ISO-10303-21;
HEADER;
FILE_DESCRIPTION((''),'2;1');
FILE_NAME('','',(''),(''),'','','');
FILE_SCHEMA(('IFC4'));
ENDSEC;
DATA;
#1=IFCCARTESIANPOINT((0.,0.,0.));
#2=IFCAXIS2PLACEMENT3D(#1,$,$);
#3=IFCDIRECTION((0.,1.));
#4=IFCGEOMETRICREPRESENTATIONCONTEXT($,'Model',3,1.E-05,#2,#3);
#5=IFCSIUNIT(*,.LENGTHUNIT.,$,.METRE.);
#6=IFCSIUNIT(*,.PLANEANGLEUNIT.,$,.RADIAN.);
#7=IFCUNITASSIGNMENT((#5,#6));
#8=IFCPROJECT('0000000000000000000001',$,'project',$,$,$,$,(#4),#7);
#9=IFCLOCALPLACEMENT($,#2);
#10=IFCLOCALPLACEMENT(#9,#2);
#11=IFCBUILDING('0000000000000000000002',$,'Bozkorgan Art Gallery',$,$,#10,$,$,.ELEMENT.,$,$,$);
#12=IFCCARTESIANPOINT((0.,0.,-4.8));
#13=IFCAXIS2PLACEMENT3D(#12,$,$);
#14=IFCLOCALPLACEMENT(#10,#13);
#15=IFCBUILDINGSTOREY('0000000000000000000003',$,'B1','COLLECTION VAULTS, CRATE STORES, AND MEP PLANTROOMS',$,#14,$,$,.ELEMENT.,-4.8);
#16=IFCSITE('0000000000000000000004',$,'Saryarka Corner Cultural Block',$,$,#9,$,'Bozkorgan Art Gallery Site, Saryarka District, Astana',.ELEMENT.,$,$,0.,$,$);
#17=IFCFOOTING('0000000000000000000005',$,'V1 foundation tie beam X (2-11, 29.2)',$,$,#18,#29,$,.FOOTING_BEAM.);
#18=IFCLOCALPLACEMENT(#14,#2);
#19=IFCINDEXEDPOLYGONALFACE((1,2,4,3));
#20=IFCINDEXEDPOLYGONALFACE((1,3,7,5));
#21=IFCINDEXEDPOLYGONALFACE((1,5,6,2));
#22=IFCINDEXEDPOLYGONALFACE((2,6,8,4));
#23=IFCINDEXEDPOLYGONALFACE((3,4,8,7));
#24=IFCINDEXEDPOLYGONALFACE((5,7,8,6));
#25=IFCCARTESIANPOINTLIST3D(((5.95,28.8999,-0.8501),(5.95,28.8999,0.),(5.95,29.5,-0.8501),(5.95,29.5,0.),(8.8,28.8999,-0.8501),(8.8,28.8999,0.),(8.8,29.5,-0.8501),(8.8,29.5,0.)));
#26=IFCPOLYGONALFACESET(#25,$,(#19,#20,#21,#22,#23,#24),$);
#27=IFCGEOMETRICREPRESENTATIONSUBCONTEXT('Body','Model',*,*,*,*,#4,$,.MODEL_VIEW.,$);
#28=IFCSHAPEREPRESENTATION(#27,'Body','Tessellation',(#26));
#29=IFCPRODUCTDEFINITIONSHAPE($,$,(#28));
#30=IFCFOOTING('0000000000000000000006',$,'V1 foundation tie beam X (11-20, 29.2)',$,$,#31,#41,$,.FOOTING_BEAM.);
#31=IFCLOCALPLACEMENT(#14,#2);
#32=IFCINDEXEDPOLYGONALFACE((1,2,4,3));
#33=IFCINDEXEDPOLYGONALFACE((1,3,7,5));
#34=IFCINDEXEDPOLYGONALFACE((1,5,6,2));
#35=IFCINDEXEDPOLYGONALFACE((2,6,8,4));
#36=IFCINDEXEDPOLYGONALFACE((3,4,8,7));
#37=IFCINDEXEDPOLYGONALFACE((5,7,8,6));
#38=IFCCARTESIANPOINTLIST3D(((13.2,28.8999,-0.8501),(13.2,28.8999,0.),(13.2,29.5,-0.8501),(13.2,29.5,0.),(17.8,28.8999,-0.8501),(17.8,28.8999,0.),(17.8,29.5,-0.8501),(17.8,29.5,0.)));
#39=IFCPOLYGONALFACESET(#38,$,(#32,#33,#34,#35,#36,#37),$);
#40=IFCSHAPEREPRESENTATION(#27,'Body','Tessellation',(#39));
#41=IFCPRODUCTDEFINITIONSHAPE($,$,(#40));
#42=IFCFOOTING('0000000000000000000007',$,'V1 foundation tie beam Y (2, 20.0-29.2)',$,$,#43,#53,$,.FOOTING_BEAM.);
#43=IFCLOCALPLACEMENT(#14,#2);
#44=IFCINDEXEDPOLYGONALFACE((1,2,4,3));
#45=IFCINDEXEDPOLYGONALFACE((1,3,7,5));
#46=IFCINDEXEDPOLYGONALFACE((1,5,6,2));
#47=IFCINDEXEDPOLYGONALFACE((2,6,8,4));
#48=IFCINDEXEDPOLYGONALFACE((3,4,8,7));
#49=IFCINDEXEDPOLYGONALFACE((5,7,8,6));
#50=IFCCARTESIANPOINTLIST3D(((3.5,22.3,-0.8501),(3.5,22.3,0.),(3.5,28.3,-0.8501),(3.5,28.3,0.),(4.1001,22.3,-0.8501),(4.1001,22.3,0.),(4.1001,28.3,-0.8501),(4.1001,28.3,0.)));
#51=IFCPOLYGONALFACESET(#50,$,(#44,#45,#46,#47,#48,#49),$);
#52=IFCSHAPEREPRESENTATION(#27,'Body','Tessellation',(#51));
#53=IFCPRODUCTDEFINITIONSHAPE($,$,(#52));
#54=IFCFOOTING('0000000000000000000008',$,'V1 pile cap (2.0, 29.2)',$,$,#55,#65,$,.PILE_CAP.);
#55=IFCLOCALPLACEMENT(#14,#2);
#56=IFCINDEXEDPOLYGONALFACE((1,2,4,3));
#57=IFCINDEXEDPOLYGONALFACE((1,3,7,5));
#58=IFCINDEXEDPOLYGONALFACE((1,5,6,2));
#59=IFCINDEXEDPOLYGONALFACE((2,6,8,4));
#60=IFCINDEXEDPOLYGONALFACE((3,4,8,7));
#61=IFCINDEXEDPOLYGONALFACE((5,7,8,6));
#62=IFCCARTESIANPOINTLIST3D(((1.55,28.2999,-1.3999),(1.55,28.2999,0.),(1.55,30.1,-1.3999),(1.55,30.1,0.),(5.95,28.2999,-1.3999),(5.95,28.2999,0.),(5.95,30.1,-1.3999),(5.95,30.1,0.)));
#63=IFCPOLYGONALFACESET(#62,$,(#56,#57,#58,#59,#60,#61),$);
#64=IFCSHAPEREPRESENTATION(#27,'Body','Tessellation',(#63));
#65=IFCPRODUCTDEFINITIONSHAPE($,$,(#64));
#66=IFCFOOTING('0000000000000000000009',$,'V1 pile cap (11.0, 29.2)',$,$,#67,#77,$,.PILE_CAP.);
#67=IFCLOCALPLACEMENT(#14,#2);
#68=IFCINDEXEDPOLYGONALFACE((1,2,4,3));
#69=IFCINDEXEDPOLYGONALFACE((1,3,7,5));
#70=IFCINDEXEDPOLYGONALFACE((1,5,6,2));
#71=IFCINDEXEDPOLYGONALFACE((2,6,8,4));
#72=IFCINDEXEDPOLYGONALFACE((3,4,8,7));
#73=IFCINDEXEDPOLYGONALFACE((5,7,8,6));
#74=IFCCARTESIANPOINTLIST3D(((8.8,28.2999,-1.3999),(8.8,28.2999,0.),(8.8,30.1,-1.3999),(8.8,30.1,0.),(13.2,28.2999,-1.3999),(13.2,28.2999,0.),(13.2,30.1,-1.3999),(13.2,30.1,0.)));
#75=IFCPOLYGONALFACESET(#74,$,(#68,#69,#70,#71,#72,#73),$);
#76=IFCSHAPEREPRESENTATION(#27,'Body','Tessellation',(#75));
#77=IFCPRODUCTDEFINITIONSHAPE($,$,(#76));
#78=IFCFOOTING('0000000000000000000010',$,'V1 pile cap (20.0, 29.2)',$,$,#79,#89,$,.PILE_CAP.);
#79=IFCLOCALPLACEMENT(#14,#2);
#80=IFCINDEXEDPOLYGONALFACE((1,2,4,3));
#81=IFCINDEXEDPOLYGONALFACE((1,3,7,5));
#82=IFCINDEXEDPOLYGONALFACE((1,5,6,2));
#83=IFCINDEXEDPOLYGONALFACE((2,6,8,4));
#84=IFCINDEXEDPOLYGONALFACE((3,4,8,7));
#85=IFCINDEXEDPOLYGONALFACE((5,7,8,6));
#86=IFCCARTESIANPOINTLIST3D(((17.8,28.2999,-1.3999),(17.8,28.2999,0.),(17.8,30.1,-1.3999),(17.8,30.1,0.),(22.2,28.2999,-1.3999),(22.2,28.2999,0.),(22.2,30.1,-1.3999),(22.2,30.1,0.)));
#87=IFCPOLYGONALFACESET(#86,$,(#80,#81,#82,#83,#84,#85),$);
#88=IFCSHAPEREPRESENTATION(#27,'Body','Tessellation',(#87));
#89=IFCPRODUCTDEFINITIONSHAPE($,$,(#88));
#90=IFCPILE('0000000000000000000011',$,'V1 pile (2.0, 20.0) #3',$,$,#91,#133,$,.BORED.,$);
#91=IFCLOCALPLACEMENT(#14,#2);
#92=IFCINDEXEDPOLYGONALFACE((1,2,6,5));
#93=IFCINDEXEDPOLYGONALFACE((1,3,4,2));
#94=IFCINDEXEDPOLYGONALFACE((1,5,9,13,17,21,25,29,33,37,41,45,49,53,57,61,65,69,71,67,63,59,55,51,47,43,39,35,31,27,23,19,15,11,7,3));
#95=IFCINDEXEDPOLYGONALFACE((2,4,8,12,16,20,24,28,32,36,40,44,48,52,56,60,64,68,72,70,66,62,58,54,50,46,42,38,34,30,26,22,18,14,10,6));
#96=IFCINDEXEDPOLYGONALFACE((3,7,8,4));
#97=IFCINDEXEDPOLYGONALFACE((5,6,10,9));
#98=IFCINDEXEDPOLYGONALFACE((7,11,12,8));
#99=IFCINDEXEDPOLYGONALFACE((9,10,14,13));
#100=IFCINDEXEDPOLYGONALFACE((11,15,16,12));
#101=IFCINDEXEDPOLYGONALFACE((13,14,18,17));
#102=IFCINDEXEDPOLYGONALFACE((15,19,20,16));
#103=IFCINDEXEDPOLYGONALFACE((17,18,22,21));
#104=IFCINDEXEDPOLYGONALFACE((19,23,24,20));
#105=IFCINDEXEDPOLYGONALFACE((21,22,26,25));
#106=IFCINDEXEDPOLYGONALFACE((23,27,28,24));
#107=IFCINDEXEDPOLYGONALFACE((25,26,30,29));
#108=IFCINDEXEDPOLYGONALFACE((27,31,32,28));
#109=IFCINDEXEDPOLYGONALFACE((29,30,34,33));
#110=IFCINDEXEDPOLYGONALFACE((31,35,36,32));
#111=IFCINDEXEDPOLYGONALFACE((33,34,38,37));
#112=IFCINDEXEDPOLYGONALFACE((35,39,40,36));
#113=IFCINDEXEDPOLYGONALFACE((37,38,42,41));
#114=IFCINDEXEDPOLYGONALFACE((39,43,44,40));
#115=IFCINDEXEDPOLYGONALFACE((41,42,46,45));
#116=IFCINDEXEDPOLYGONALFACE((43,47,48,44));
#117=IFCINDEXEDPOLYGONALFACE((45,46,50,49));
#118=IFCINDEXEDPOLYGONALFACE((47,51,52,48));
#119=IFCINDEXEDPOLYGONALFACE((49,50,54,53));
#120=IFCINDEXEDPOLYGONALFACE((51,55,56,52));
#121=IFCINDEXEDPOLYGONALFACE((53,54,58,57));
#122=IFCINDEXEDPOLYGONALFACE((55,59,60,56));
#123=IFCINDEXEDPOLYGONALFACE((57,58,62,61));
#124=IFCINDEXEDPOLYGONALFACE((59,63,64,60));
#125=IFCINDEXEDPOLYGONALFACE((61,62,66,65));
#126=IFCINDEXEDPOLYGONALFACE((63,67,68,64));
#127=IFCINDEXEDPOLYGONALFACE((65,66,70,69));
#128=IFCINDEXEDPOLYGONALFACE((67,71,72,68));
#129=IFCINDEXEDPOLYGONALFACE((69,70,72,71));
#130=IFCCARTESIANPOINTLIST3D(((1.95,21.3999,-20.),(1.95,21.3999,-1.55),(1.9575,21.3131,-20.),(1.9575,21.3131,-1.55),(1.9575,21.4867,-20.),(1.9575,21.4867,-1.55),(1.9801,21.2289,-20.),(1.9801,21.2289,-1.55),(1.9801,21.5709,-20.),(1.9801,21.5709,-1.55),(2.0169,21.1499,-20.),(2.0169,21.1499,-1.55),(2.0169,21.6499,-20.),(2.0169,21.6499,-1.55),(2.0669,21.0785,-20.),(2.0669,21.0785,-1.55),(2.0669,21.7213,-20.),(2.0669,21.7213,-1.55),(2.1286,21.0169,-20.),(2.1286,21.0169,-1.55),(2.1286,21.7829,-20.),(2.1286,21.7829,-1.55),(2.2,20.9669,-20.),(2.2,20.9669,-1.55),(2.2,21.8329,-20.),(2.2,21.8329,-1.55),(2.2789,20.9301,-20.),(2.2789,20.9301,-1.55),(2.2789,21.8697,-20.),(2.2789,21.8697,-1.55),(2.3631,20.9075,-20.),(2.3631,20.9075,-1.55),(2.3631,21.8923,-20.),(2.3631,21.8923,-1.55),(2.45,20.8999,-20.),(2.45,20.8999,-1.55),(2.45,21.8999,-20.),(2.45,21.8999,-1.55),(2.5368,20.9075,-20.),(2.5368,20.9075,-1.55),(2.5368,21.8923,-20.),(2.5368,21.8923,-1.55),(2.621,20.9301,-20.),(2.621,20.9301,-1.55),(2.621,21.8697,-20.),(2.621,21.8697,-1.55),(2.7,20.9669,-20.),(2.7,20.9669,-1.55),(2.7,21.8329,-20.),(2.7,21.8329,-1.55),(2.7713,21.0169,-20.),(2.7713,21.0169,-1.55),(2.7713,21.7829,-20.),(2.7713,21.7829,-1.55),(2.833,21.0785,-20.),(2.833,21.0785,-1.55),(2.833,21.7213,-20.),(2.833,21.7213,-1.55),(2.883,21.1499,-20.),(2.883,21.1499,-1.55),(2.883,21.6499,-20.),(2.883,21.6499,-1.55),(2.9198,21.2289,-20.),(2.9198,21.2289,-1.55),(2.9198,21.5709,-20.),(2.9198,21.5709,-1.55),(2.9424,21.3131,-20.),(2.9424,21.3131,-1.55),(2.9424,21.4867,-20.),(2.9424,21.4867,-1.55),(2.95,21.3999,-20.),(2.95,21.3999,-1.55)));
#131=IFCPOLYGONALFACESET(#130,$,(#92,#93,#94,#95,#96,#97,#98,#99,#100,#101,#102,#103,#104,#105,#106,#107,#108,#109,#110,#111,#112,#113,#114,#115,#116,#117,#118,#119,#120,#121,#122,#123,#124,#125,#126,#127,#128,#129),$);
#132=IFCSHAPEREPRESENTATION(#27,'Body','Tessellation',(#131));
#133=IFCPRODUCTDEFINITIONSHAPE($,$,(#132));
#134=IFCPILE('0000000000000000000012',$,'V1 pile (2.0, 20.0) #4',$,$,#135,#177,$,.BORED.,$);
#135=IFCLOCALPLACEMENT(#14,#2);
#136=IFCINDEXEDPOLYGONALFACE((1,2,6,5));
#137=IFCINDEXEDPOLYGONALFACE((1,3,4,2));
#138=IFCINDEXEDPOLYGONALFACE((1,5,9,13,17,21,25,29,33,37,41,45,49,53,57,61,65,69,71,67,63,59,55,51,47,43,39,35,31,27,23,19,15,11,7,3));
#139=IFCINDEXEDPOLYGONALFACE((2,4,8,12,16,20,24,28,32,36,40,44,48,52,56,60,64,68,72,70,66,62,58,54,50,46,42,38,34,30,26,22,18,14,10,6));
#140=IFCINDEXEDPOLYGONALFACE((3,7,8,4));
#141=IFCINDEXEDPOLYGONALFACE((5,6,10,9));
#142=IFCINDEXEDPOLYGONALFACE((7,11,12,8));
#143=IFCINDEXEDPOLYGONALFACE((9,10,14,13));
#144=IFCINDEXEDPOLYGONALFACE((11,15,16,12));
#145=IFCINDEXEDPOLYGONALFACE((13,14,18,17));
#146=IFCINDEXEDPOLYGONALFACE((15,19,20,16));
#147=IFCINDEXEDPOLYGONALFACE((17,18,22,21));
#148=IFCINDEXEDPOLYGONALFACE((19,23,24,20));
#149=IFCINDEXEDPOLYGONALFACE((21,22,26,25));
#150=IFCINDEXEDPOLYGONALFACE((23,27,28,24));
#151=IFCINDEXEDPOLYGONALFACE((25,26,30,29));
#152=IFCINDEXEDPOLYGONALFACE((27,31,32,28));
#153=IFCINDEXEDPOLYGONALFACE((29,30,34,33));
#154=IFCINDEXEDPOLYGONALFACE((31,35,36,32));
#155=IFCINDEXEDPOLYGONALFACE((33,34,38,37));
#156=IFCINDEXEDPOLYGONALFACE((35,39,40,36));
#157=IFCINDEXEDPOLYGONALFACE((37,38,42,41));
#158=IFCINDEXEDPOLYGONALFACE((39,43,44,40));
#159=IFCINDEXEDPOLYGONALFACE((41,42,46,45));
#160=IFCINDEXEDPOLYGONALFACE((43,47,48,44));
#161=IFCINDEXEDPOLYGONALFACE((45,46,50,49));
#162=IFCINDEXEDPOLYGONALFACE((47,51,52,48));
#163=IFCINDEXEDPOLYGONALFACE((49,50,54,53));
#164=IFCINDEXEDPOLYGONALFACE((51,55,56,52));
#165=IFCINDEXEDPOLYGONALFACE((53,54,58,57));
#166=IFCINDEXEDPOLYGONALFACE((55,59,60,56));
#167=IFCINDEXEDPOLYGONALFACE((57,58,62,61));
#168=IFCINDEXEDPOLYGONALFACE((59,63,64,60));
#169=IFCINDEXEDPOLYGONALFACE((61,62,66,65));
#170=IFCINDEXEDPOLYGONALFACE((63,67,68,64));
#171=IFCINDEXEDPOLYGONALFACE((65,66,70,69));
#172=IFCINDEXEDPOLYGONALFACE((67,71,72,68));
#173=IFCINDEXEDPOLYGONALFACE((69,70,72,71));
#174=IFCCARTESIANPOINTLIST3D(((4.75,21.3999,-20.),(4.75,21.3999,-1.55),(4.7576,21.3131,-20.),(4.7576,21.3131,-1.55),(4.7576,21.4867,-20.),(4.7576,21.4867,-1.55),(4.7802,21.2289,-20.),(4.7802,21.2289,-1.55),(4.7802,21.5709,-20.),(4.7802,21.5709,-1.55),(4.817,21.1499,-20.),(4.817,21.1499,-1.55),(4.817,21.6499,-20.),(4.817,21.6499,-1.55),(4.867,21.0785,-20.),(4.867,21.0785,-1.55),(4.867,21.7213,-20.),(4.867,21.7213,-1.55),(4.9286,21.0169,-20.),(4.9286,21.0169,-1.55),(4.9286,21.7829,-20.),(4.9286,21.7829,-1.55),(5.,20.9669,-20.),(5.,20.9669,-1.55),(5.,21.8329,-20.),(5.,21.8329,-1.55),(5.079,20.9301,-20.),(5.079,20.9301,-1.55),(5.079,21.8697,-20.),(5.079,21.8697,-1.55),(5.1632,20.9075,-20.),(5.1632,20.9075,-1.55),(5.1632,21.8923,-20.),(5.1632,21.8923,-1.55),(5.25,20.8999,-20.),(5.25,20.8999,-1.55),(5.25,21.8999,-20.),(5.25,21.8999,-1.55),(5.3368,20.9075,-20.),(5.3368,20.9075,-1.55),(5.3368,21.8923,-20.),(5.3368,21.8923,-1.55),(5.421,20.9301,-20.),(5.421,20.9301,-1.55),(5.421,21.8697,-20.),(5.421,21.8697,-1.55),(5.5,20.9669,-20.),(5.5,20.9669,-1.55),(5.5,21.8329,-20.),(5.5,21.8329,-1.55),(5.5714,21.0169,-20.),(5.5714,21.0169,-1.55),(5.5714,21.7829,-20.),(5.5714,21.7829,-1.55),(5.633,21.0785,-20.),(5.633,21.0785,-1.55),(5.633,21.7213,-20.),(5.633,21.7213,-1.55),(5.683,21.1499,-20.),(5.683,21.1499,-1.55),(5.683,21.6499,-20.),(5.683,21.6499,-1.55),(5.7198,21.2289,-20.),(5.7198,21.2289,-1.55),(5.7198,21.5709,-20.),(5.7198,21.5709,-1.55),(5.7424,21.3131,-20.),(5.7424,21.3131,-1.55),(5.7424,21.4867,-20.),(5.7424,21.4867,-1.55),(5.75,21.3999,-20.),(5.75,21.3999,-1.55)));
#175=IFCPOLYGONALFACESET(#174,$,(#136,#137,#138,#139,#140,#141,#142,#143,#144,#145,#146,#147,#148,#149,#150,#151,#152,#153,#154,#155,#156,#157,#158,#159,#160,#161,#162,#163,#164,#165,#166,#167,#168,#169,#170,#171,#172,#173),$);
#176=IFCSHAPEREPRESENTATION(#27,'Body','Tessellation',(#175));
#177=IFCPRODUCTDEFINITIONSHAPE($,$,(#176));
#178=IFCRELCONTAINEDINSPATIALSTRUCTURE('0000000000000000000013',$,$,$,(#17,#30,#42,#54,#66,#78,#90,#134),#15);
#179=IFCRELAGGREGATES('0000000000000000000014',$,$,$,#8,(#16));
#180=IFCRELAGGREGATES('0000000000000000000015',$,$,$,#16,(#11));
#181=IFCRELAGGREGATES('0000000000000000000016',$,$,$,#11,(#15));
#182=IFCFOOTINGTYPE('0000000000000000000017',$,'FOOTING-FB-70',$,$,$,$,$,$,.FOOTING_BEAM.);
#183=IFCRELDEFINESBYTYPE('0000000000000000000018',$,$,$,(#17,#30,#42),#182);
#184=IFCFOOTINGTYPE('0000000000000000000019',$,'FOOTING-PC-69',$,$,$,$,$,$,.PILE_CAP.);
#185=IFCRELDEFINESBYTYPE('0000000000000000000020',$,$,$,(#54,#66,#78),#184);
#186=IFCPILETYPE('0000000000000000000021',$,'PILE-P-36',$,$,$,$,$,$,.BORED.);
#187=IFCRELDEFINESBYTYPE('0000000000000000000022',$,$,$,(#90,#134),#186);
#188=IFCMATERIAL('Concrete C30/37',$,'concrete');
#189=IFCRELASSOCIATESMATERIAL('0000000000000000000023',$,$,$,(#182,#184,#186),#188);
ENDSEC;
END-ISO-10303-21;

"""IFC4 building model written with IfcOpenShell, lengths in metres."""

from ifc_helpers import new_model, si_unit, direction, frame, origin, origin_2d, place, context, subcontext, project, spatial, rectangle, circle, extrude, material, material_profile, profile_set, type_object, element, save


model = new_model("IFC4")

# Units and contexts
model_context = context("Model", 3, precision=1e-05, world=origin(), true_north=direction((0.0, 1.0)))
body_context = subcontext(model_context, "Body", "Model", "MODEL_VIEW")
ifc_project = project(units=[si_unit("LENGTHUNIT", "METRE"), si_unit("PLANEANGLEUNIT", "RADIAN")], contexts=[model_context])

# Site, building, storey
site_placement = place(None, origin())
site = spatial("IfcSite", under=ifc_project, at=site_placement, Name="Saryarka Corner Cultural Block", LongName="Bozkorgan Art Gallery Site, Saryarka District, Astana", CompositionType="ELEMENT", RefElevation=0.0)
building_placement = place(site_placement, origin())
building = spatial("IfcBuilding", under=site, at=building_placement, Name="Bozkorgan Art Gallery", CompositionType="ELEMENT")
storey_placement = place(building_placement, frame((0.0, 0.0, -4.8)))
storey = spatial("IfcBuildingStorey", under=building, at=storey_placement, Name="B1", Description="COLLECTION VAULTS, CRATE STORES, AND MEP PLANTROOMS", CompositionType="ELEMENT", Elevation=-4.8)

# Footings
ifc_material_1 = material(Name="Concrete C30/37", Category="concrete")
ifc_material_profile_1 = material_profile(ifc_material_1, rectangle(XDim=0.6001, YDim=0.8501, at=origin_2d()), Name="FND 600x850")
ifc_profile_set_1 = profile_set([ifc_material_profile_1], Name="Concrete C30/37")
footing_type_1 = type_object("IfcFootingType", Name="FOOTING-FB-70", PredefinedType="FOOTING_BEAM", material=ifc_profile_set_1)
footing_1_placement = place(storey_placement, frame((5.95, 29.2, -0.425), z_axis=(1.0, 0.0, 0.0), x_axis=(0.0, 1.0, 0.0)))
element("IfcFooting", 1, at=footing_1_placement, inside=storey, type_object=footing_type_1, Name="V1 foundation tie beam X (2-11, 29.2)", PredefinedType="FOOTING_BEAM", context=body_context, shape_type="SweptSolid", body=[
    extrude(rectangle(XDim=0.6001, YDim=0.8501, at=origin_2d()), origin(), (0.0, 0.0, 1.0), 2.8501),
])
footing_2_placement = place(storey_placement, frame((13.2, 29.2, -0.425), z_axis=(1.0, 0.0, 0.0), x_axis=(0.0, 1.0, 0.0)))
element("IfcFooting", 2, at=footing_2_placement, inside=storey, type_object=footing_type_1, Name="V1 foundation tie beam X (11-20, 29.2)", PredefinedType="FOOTING_BEAM", context=body_context, shape_type="SweptSolid", body=[
    extrude(rectangle(XDim=0.6001, YDim=0.8501, at=origin_2d()), origin(), (0.0, 0.0, 1.0), 4.6001),
])
footing_3_placement = place(storey_placement, frame((3.8, 22.3, -0.425), z_axis=(0.0, 1.0, 0.0), x_axis=(-1.0, 0.0, 0.0)))
element("IfcFooting", 3, at=footing_3_placement, inside=storey, type_object=footing_type_1, Name="V1 foundation tie beam Y (2, 20.0-29.2)", PredefinedType="FOOTING_BEAM", context=body_context, shape_type="SweptSolid", body=[
    extrude(rectangle(XDim=0.6001, YDim=0.8501, at=origin_2d()), origin(), (0.0, 0.0, 1.0), 6.0),
])
footing_type_2 = type_object("IfcFootingType", Name="FOOTING-PC-69", PredefinedType="PILE_CAP", material=ifc_material_1)
for number, where, z_axis, x_axis, name in (
    (4, (3.75, 29.2, -1.3999), (0.0, 0.0, 1.0), (1.0, 0.0, 0.0), "V1 pile cap (2.0, 29.2)"),
    (5, (11.0, 29.2, -1.3999), (0.0, 0.0, 1.0), (1.0, 0.0, 0.0), "V1 pile cap (11.0, 29.2)"),
    (6, (20.0, 29.2, -1.3999), (0.0, 0.0, 1.0), (1.0, 0.0, 0.0), "V1 pile cap (20.0, 29.2)"),
):
    element("IfcFooting", number, at=place(storey_placement, frame(where, z_axis=z_axis, x_axis=x_axis)), inside=storey, type_object=footing_type_2, Name=name, PredefinedType="PILE_CAP", context=body_context, shape_type="SweptSolid", body=[
        extrude(rectangle(XDim=4.3999, YDim=1.8, at=origin_2d()), origin(), (0.0, 0.0, 1.0), 1.3999),
    ])

# Piles
ifc_material_profile_2 = material_profile(ifc_material_1, circle(Radius=0.5, at=origin_2d()), Name="PILE D1000")
ifc_profile_set_2 = profile_set([ifc_material_profile_2], Name="Concrete C30/37")
pile_type = type_object("IfcPileType", Name="PILE-P-36", PredefinedType="BORED", material=ifc_profile_set_2)
for number, where, z_axis, x_axis, name in (
    (7, (2.45, 21.3999, -1.55), (0.0, 0.0, -1.0), (1.0, 0.0, 0.0), "V1 pile (2.0, 20.0) #3"),
    (8, (5.25, 21.3999, -1.55), (0.0, 0.0, -1.0), (1.0, 0.0, 0.0), "V1 pile (2.0, 20.0) #4"),
):
    element("IfcPile", number, at=place(storey_placement, frame(where, z_axis=z_axis, x_axis=x_axis)), inside=storey, type_object=pile_type, Name=name, PredefinedType="BORED", context=body_context, shape_type="SweptSolid", body=[
        extrude(circle(Radius=0.5, at=origin_2d()), origin(), (0.0, 0.0, 1.0), 18.45),
    ])

save(model, "model.ifc")
